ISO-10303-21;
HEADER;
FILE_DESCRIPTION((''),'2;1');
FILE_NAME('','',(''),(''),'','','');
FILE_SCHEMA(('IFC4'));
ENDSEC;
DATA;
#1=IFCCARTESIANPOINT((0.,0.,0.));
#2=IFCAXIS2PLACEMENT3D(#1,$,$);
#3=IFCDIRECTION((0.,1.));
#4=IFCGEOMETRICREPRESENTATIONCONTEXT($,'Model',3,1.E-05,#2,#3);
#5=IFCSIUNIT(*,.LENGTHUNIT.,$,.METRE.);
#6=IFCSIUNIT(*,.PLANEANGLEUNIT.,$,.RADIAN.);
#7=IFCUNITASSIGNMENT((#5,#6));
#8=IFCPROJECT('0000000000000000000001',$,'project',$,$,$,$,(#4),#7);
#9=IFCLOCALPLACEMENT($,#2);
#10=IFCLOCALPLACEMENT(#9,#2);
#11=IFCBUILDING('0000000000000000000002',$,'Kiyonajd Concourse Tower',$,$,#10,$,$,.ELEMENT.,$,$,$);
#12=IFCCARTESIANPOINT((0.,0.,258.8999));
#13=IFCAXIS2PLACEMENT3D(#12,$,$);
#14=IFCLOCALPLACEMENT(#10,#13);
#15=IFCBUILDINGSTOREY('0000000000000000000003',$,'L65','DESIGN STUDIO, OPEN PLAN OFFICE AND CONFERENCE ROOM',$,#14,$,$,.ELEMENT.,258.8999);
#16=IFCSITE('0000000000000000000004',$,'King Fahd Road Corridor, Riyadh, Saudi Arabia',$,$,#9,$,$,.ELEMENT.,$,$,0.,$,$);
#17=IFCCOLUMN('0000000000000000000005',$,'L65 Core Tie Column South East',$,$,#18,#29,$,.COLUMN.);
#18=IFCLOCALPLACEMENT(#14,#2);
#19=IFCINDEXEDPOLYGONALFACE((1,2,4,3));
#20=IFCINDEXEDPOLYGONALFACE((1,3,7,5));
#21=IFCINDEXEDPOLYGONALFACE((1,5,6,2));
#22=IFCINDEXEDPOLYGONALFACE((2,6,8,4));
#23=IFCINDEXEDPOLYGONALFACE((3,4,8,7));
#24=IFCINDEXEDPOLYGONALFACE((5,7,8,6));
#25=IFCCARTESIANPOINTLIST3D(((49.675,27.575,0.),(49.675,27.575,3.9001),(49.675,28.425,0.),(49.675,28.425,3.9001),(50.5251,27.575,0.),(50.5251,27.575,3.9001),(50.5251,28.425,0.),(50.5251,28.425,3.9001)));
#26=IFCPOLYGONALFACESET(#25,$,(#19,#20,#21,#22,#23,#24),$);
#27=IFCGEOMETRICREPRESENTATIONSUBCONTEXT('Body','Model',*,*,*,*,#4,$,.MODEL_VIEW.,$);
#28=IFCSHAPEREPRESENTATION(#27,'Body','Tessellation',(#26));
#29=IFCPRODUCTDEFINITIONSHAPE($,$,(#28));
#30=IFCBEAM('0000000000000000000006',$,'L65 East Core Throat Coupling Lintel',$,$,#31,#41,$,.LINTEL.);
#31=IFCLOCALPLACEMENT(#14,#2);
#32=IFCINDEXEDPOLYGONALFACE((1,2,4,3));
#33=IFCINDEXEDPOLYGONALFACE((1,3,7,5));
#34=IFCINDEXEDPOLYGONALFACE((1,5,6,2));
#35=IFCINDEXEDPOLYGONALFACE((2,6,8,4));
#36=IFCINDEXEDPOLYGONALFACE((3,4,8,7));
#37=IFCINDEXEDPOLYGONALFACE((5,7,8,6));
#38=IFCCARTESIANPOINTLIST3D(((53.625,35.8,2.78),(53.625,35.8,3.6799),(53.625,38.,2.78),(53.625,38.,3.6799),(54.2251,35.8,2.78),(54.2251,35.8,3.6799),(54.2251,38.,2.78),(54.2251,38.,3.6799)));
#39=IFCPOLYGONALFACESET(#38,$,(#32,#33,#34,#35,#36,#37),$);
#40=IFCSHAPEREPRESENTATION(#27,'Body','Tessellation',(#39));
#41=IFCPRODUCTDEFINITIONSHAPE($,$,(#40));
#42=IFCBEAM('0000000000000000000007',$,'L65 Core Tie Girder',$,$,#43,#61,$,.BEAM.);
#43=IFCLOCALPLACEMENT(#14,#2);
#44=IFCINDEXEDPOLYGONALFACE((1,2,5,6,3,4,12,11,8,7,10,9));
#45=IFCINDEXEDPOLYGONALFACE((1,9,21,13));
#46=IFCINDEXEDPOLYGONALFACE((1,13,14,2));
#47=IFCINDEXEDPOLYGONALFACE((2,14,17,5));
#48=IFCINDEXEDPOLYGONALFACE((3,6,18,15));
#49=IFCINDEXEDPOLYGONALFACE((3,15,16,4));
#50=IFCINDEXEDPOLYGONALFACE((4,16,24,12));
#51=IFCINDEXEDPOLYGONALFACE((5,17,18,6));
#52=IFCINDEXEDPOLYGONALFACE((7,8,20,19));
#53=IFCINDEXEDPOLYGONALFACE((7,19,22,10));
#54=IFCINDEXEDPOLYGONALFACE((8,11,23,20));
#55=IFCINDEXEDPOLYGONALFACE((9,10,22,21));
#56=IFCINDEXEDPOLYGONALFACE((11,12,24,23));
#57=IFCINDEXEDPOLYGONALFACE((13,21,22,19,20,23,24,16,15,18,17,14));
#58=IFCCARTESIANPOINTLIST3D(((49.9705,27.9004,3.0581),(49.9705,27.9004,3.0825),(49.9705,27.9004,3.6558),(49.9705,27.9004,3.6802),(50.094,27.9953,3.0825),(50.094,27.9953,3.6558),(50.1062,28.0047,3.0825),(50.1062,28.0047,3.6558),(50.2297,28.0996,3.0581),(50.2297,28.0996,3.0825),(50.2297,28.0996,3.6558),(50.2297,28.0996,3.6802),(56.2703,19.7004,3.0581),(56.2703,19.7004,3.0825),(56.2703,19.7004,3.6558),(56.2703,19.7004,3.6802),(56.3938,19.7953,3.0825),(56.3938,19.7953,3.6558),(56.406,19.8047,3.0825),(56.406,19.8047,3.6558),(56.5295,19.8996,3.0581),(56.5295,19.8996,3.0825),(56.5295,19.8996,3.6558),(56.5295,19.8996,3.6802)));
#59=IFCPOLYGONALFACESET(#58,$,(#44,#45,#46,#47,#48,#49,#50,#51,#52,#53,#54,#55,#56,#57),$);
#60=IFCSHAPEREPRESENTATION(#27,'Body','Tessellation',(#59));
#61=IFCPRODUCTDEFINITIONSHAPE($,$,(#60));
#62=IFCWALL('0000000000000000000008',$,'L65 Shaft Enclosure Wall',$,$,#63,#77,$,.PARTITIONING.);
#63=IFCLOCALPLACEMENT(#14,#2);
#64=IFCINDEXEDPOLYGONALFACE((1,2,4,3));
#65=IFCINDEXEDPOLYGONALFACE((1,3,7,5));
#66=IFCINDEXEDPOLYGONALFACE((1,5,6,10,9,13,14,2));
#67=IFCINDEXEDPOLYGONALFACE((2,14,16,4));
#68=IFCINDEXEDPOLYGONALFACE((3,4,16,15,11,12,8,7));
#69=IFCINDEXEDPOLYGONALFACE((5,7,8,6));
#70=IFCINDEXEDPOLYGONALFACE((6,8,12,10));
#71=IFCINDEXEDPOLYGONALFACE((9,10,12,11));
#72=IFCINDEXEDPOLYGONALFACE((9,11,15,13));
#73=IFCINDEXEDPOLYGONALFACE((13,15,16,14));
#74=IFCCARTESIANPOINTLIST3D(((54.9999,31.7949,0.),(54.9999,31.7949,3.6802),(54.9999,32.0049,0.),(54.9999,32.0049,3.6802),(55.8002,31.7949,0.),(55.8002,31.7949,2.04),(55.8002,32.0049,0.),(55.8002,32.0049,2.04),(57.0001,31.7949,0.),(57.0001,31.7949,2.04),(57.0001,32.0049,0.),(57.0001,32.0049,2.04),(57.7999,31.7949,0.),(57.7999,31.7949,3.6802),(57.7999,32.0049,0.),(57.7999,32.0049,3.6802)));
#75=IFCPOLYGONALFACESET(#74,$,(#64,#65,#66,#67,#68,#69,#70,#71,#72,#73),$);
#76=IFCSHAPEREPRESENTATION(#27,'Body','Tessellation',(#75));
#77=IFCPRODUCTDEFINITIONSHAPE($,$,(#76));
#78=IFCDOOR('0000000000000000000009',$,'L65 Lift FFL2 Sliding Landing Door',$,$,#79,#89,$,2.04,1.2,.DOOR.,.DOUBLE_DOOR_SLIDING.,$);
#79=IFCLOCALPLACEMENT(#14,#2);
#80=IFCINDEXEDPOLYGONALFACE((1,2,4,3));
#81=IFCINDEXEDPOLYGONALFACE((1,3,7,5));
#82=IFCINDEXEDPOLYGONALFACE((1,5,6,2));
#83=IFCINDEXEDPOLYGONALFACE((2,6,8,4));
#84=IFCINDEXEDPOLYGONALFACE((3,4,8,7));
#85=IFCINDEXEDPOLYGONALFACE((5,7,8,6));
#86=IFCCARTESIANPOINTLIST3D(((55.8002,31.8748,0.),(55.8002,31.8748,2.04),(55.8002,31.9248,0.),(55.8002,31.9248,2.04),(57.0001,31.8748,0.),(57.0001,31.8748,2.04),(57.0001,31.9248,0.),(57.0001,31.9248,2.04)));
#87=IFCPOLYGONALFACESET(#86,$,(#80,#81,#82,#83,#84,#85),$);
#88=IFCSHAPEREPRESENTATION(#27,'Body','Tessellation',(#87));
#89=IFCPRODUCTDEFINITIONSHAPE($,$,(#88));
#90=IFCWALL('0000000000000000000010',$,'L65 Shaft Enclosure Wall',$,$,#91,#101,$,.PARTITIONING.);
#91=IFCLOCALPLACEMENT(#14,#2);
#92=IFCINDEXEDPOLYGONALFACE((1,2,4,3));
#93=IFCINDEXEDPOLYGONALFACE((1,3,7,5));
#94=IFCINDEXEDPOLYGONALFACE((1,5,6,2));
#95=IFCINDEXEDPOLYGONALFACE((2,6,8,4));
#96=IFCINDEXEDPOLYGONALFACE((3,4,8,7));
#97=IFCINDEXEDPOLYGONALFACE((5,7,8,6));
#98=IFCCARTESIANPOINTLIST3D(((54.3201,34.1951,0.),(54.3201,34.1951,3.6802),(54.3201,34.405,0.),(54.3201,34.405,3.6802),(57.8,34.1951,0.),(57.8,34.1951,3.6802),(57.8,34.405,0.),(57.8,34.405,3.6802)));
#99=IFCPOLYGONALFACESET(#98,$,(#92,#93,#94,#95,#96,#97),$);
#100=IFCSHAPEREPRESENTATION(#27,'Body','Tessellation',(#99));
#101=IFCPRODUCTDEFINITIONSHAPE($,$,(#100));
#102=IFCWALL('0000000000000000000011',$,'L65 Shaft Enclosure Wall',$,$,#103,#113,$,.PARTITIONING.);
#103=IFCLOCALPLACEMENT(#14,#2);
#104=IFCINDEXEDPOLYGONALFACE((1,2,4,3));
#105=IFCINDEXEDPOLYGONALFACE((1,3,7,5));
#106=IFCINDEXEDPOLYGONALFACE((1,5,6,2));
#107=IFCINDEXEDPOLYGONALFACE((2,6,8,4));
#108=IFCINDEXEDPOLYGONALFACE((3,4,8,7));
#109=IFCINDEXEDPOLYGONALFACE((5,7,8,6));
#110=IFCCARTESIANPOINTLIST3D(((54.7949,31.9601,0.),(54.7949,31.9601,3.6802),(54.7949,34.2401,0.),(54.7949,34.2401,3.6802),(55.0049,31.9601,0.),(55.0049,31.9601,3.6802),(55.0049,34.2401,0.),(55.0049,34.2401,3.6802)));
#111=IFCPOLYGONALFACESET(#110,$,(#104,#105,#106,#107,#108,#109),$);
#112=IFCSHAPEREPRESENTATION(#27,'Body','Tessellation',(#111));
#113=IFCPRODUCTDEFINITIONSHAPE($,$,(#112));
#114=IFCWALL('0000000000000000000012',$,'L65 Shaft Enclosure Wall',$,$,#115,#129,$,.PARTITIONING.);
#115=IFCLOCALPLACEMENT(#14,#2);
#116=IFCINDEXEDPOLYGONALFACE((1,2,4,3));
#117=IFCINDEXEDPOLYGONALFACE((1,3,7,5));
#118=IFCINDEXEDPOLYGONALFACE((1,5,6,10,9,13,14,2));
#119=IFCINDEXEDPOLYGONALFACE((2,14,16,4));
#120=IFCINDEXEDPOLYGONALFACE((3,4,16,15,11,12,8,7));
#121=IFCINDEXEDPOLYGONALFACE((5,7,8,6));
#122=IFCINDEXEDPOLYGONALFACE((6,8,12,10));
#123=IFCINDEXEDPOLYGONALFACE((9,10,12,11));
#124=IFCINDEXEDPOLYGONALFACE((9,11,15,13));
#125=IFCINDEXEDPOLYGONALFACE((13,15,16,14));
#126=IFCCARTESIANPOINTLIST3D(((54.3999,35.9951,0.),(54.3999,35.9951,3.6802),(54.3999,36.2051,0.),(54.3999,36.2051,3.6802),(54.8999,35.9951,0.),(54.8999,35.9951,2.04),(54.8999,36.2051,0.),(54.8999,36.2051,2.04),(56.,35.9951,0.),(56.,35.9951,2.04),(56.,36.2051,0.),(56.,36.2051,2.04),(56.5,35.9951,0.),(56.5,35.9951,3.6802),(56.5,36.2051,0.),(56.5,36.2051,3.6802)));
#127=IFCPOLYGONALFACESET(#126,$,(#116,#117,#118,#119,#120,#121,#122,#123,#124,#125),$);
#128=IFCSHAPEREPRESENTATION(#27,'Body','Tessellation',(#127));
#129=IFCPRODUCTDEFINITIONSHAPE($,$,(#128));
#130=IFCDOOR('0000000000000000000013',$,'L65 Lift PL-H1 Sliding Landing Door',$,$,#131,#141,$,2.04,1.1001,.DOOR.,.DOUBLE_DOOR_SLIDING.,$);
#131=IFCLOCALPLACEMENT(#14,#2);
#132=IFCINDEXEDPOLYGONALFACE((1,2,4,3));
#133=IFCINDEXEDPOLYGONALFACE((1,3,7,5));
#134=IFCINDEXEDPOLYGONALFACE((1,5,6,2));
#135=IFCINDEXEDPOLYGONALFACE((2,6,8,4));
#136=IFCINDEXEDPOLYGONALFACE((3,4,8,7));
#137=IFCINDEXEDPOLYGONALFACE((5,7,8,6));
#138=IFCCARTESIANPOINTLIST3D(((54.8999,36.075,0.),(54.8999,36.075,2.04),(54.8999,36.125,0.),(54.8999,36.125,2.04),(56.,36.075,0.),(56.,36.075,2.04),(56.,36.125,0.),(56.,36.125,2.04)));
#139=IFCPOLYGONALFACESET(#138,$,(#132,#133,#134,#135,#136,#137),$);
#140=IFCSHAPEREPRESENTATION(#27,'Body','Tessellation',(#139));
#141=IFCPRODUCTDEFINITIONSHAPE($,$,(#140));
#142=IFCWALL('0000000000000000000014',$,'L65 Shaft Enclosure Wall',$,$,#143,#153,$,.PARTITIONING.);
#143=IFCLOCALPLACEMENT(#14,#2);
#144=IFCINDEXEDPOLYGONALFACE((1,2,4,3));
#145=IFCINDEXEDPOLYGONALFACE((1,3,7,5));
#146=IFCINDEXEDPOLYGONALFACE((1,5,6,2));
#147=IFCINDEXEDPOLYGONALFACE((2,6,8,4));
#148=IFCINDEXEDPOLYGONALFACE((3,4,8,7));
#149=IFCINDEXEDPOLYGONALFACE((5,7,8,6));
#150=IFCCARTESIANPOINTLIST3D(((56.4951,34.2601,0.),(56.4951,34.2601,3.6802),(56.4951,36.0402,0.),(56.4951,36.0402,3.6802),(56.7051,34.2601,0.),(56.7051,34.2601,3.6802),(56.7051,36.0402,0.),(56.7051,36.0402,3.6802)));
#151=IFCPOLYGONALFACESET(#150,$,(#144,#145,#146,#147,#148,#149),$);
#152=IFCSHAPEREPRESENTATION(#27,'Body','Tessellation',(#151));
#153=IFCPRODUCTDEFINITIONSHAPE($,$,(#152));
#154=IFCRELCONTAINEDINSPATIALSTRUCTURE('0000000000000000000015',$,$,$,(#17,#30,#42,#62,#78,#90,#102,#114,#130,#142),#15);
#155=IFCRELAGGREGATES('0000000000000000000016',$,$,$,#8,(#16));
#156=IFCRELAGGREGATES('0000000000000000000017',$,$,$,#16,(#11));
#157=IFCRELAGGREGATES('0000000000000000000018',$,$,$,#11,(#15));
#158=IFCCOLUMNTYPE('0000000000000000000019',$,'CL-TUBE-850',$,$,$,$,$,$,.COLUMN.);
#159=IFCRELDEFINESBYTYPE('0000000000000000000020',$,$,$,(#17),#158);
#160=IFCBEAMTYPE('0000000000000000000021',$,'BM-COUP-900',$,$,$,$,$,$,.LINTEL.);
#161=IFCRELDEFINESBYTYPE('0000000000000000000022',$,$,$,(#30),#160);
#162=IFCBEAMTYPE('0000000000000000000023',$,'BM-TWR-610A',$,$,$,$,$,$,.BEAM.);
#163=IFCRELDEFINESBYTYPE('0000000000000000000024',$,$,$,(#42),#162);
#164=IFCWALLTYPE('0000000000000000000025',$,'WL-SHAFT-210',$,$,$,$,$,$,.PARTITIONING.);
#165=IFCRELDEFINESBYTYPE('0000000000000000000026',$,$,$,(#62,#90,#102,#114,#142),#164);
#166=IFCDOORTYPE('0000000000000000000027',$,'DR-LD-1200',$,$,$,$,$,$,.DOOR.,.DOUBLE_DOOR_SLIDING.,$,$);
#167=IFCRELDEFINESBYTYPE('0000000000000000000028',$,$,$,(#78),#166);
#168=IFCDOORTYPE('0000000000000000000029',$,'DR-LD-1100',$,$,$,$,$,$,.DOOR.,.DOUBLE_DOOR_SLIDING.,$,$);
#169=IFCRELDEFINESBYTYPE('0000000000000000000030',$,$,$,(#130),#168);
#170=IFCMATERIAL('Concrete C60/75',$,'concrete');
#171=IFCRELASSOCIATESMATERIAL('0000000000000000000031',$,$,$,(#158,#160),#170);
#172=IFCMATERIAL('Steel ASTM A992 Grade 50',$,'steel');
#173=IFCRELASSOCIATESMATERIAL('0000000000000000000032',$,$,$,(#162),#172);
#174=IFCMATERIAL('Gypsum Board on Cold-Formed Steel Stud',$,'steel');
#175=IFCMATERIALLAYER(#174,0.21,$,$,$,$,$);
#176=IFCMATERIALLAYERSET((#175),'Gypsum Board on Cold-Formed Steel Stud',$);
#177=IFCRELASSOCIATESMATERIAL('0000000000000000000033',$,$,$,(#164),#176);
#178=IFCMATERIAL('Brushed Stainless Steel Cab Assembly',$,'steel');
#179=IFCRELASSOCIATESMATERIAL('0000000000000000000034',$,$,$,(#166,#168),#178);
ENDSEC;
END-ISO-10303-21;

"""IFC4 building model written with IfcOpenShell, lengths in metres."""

from ifc_helpers import new_model, si_unit, direction, frame, frame_2d, origin, origin_2d, place, context, subcontext, project, spatial, rectangle, i_section, extrude, material, layer, layer_set, material_profile, profile_set, type_object, element, fill, save


model = new_model("IFC4")

# Units and contexts
model_context = context("Model", 3, precision=1e-05, world=origin(), true_north=direction((0.0, 1.0)))
body_context = subcontext(model_context, "Body", "Model", "MODEL_VIEW")
ifc_project = project(units=[si_unit("LENGTHUNIT", "METRE"), si_unit("PLANEANGLEUNIT", "RADIAN")], contexts=[model_context])

# Site, building, storey
site_placement = place(None, origin())
site = spatial("IfcSite", under=ifc_project, at=site_placement, Name="King Fahd Road Corridor, Riyadh, Saudi Arabia", CompositionType="ELEMENT", RefElevation=0.0)
building_placement = place(site_placement, origin())
building = spatial("IfcBuilding", under=site, at=building_placement, Name="Kiyonajd Concourse Tower", CompositionType="ELEMENT")
storey_placement = place(building_placement, frame((0.0, 0.0, 258.8999)))
storey = spatial("IfcBuildingStorey", under=building, at=storey_placement, Name="L65", Description="DESIGN STUDIO, OPEN PLAN OFFICE AND CONFERENCE ROOM", CompositionType="ELEMENT", Elevation=258.8999)

# Column
ifc_material_1 = material(Name="Concrete C60/75", Category="concrete")
ifc_material_profile_1 = material_profile(ifc_material_1, rectangle(XDim=0.8501, YDim=0.8501, at=origin_2d()), Name="RC-850x850")
ifc_profile_set_1 = profile_set([ifc_material_profile_1], Name="Concrete C60/75")
column_type = type_object("IfcColumnType", Name="CL-TUBE-850", PredefinedType="COLUMN", material=ifc_profile_set_1)
column_placement = place(storey_placement, frame((50.1001, 28.0, 0.0), z_axis=(0.0, 0.0, 1.0), x_axis=(1.0, 0.0, 0.0)))
element("IfcColumn", 1, at=column_placement, inside=storey, type_object=column_type, Name="L65 Core Tie Column South East", PredefinedType="COLUMN", context=body_context, shape_type="SweptSolid", body=[
    extrude(rectangle(XDim=0.8501, YDim=0.8501, at=origin_2d()), origin(), (0.0, 0.0, 1.0), 3.9001),
])

# Beams
ifc_material_profile_2 = material_profile(ifc_material_1, rectangle(XDim=0.6001, YDim=0.8999, at=origin_2d()), Name="RCBM-600x900")
ifc_profile_set_2 = profile_set([ifc_material_profile_2], Name="Concrete C60/75")
beam_type_1 = type_object("IfcBeamType", Name="BM-COUP-900", PredefinedType="LINTEL", material=ifc_profile_set_2)
beam_1_placement = place(storey_placement, frame((53.925, 35.8, 3.23), z_axis=(0.0, 1.0, 0.0), x_axis=(-1.0, 0.0, 0.0)))
element("IfcBeam", 2, at=beam_1_placement, inside=storey, type_object=beam_type_1, Name="L65 East Core Throat Coupling Lintel", PredefinedType="LINTEL", context=body_context, shape_type="SweptSolid", body=[
    extrude(rectangle(XDim=0.6001, YDim=0.8999, at=origin_2d()), origin(), (0.0, 0.0, 1.0), 2.2),
])
ifc_material_2 = material(Name="Steel ASTM A992 Grade 50", Category="steel")
ifc_material_profile_3 = material_profile(ifc_material_2, i_section(OverallWidth=0.3269, OverallDepth=0.6221, WebThickness=0.0154, FlangeThickness=0.0244, at=origin_2d()), Name="W610X195")
ifc_profile_set_3 = profile_set([ifc_material_profile_3], Name="Steel ASTM A992 Grade 50")
beam_type_2 = type_object("IfcBeamType", Name="BM-TWR-610A", PredefinedType="BEAM", material=ifc_profile_set_3)
beam_2_placement = place(storey_placement, frame((50.1001, 28.0, 3.3691), z_axis=(0.609234, -0.792991, 0.0), x_axis=(0.792991, 0.609234, 0.0)))
element("IfcBeam", 3, at=beam_2_placement, inside=storey, type_object=beam_type_2, Name="L65 Core Tie Girder", PredefinedType="BEAM", context=body_context, shape_type="SweptSolid", body=[
    extrude(i_section(OverallWidth=0.3269, OverallDepth=0.6221, WebThickness=0.0154, FlangeThickness=0.0244, at=origin_2d()), origin(), (0.0, 0.0, 1.0), 10.3406),
])

# Wall, opening, door
ifc_material_3 = material(Name="Gypsum Board on Cold-Formed Steel Stud", Category="steel")
ifc_layer_1 = layer(ifc_material_3, 0.21)
ifc_layer_set_1 = layer_set([ifc_layer_1], Name="Gypsum Board on Cold-Formed Steel Stud")
wall_type_1 = type_object("IfcWallType", Name="WL-SHAFT-210", PredefinedType="PARTITIONING", material=ifc_layer_set_1)
wall_1_placement = place(storey_placement, frame((55.0, 31.8999, 0.0), z_axis=(0.0, 0.0, 1.0), x_axis=(1.0, 0.0, 0.0)))
wall_1 = element("IfcWall", 4, at=wall_1_placement, inside=storey, type_object=wall_type_1, Name="L65 Shaft Enclosure Wall", PredefinedType="PARTITIONING", context=body_context, shape_type="SweptSolid", body=[
    extrude(rectangle(XDim=2.8, YDim=0.21, at=frame_2d((1.3999, 0.0))), origin(), (0.0, 0.0, 1.0), 3.6802),
])
opening_1_placement = place(wall_1_placement, frame((0.8, 0.0, 0.0)))
opening_1 = element("IfcOpeningElement", 5, at=opening_1_placement, cuts=wall_1, PredefinedType="OPENING", context=body_context, shape_type="SweptSolid", body=[
    extrude(rectangle(XDim=1.2, YDim=2.04, at=frame_2d((0.6001, 1.02))), frame((0.0, 0.115, 0.0), z_axis=(0.0, -1.0, 0.0), x_axis=(1.0, 0.0, 0.0)), (0.0, 0.0, 1.0), 0.23),
])
ifc_material_4 = material(Name="Brushed Stainless Steel Cab Assembly", Category="steel")
door_type_1 = type_object("IfcDoorType", Name="DR-LD-1200", OperationType="DOUBLE_DOOR_SLIDING", PredefinedType="DOOR", material=ifc_material_4)
door_1_placement = place(opening_1_placement, origin())
door_1 = element("IfcDoor", 6, at=door_1_placement, inside=storey, type_object=door_type_1, Name="L65 Lift FFL2 Sliding Landing Door", OperationType="DOUBLE_DOOR_SLIDING", OverallHeight=2.04, OverallWidth=1.2, PredefinedType="DOOR", context=body_context, shape_type="SweptSolid", body=[
    extrude(rectangle(XDim=1.2, YDim=2.04, at=frame_2d((0.6001, 1.02))), frame((0.0, 0.0249, 0.0), z_axis=(0.0, -1.0, 0.0), x_axis=(1.0, 0.0, 0.0)), (0.0, 0.0, 1.0), 0.05),
])
fill(opening_1, door_1)

# Walls
wall_2_placement = place(storey_placement, frame((54.3201, 34.3, 0.0), z_axis=(0.0, 0.0, 1.0), x_axis=(1.0, 0.0, 0.0)))
element("IfcWall", 7, at=wall_2_placement, inside=storey, type_object=wall_type_1, Name="L65 Shaft Enclosure Wall", PredefinedType="PARTITIONING", context=body_context, shape_type="SweptSolid", body=[
    extrude(rectangle(XDim=3.48, YDim=0.21, at=frame_2d((1.74, 0.0))), origin(), (0.0, 0.0, 1.0), 3.6802),
])
wall_3_placement = place(storey_placement, frame((54.8999, 31.96, 0.0), z_axis=(0.0, 0.0, 1.0), x_axis=(0.0, 1.0, 0.0)))
element("IfcWall", 8, at=wall_3_placement, inside=storey, type_object=wall_type_1, Name="L65 Shaft Enclosure Wall", PredefinedType="PARTITIONING", context=body_context, shape_type="SweptSolid", body=[
    extrude(rectangle(XDim=2.28, YDim=0.21, at=frame_2d((1.1401, 0.0))), origin(), (0.0, 0.0, 1.0), 3.6802),
])

# Wall, opening, door
wall_4_placement = place(storey_placement, frame((54.3999, 36.1001, 0.0), z_axis=(0.0, 0.0, 1.0), x_axis=(1.0, 0.0, 0.0)))
wall_4 = element("IfcWall", 9, at=wall_4_placement, inside=storey, type_object=wall_type_1, Name="L65 Shaft Enclosure Wall", PredefinedType="PARTITIONING", context=body_context, shape_type="SweptSolid", body=[
    extrude(rectangle(XDim=2.1001, YDim=0.21, at=frame_2d((1.05, 0.0))), origin(), (0.0, 0.0, 1.0), 3.6802),
])
opening_2_placement = place(wall_4_placement, frame((0.5, 0.0, 0.0)))
opening_2 = element("IfcOpeningElement", 10, at=opening_2_placement, cuts=wall_4, PredefinedType="OPENING", context=body_context, shape_type="SweptSolid", body=[
    extrude(rectangle(XDim=1.1001, YDim=2.04, at=frame_2d((0.55, 1.02))), frame((0.0, 0.115, 0.0), z_axis=(0.0, -1.0, 0.0), x_axis=(1.0, 0.0, 0.0)), (0.0, 0.0, 1.0), 0.23),
])
door_type_2 = type_object("IfcDoorType", Name="DR-LD-1100", OperationType="DOUBLE_DOOR_SLIDING", PredefinedType="DOOR", material=ifc_material_4)
door_2_placement = place(opening_2_placement, origin())
door_2 = element("IfcDoor", 11, at=door_2_placement, inside=storey, type_object=door_type_2, Name="L65 Lift PL-H1 Sliding Landing Door", OperationType="DOUBLE_DOOR_SLIDING", OverallHeight=2.04, OverallWidth=1.1001, PredefinedType="DOOR", context=body_context, shape_type="SweptSolid", body=[
    extrude(rectangle(XDim=1.1001, YDim=2.04, at=frame_2d((0.55, 1.02))), frame((0.0, 0.0249, 0.0), z_axis=(0.0, -1.0, 0.0), x_axis=(1.0, 0.0, 0.0)), (0.0, 0.0, 1.0), 0.05),
])
fill(opening_2, door_2)

# Wall
wall_5_placement = place(storey_placement, frame((56.6001, 34.26, 0.0), z_axis=(0.0, 0.0, 1.0), x_axis=(0.0, 1.0, 0.0)))
element("IfcWall", 12, at=wall_5_placement, inside=storey, type_object=wall_type_1, Name="L65 Shaft Enclosure Wall", PredefinedType="PARTITIONING", context=body_context, shape_type="SweptSolid", body=[
    extrude(rectangle(XDim=1.78, YDim=0.21, at=frame_2d((0.8901, 0.0))), origin(), (0.0, 0.0, 1.0), 3.6802),
])

save(model, "model.ifc")
